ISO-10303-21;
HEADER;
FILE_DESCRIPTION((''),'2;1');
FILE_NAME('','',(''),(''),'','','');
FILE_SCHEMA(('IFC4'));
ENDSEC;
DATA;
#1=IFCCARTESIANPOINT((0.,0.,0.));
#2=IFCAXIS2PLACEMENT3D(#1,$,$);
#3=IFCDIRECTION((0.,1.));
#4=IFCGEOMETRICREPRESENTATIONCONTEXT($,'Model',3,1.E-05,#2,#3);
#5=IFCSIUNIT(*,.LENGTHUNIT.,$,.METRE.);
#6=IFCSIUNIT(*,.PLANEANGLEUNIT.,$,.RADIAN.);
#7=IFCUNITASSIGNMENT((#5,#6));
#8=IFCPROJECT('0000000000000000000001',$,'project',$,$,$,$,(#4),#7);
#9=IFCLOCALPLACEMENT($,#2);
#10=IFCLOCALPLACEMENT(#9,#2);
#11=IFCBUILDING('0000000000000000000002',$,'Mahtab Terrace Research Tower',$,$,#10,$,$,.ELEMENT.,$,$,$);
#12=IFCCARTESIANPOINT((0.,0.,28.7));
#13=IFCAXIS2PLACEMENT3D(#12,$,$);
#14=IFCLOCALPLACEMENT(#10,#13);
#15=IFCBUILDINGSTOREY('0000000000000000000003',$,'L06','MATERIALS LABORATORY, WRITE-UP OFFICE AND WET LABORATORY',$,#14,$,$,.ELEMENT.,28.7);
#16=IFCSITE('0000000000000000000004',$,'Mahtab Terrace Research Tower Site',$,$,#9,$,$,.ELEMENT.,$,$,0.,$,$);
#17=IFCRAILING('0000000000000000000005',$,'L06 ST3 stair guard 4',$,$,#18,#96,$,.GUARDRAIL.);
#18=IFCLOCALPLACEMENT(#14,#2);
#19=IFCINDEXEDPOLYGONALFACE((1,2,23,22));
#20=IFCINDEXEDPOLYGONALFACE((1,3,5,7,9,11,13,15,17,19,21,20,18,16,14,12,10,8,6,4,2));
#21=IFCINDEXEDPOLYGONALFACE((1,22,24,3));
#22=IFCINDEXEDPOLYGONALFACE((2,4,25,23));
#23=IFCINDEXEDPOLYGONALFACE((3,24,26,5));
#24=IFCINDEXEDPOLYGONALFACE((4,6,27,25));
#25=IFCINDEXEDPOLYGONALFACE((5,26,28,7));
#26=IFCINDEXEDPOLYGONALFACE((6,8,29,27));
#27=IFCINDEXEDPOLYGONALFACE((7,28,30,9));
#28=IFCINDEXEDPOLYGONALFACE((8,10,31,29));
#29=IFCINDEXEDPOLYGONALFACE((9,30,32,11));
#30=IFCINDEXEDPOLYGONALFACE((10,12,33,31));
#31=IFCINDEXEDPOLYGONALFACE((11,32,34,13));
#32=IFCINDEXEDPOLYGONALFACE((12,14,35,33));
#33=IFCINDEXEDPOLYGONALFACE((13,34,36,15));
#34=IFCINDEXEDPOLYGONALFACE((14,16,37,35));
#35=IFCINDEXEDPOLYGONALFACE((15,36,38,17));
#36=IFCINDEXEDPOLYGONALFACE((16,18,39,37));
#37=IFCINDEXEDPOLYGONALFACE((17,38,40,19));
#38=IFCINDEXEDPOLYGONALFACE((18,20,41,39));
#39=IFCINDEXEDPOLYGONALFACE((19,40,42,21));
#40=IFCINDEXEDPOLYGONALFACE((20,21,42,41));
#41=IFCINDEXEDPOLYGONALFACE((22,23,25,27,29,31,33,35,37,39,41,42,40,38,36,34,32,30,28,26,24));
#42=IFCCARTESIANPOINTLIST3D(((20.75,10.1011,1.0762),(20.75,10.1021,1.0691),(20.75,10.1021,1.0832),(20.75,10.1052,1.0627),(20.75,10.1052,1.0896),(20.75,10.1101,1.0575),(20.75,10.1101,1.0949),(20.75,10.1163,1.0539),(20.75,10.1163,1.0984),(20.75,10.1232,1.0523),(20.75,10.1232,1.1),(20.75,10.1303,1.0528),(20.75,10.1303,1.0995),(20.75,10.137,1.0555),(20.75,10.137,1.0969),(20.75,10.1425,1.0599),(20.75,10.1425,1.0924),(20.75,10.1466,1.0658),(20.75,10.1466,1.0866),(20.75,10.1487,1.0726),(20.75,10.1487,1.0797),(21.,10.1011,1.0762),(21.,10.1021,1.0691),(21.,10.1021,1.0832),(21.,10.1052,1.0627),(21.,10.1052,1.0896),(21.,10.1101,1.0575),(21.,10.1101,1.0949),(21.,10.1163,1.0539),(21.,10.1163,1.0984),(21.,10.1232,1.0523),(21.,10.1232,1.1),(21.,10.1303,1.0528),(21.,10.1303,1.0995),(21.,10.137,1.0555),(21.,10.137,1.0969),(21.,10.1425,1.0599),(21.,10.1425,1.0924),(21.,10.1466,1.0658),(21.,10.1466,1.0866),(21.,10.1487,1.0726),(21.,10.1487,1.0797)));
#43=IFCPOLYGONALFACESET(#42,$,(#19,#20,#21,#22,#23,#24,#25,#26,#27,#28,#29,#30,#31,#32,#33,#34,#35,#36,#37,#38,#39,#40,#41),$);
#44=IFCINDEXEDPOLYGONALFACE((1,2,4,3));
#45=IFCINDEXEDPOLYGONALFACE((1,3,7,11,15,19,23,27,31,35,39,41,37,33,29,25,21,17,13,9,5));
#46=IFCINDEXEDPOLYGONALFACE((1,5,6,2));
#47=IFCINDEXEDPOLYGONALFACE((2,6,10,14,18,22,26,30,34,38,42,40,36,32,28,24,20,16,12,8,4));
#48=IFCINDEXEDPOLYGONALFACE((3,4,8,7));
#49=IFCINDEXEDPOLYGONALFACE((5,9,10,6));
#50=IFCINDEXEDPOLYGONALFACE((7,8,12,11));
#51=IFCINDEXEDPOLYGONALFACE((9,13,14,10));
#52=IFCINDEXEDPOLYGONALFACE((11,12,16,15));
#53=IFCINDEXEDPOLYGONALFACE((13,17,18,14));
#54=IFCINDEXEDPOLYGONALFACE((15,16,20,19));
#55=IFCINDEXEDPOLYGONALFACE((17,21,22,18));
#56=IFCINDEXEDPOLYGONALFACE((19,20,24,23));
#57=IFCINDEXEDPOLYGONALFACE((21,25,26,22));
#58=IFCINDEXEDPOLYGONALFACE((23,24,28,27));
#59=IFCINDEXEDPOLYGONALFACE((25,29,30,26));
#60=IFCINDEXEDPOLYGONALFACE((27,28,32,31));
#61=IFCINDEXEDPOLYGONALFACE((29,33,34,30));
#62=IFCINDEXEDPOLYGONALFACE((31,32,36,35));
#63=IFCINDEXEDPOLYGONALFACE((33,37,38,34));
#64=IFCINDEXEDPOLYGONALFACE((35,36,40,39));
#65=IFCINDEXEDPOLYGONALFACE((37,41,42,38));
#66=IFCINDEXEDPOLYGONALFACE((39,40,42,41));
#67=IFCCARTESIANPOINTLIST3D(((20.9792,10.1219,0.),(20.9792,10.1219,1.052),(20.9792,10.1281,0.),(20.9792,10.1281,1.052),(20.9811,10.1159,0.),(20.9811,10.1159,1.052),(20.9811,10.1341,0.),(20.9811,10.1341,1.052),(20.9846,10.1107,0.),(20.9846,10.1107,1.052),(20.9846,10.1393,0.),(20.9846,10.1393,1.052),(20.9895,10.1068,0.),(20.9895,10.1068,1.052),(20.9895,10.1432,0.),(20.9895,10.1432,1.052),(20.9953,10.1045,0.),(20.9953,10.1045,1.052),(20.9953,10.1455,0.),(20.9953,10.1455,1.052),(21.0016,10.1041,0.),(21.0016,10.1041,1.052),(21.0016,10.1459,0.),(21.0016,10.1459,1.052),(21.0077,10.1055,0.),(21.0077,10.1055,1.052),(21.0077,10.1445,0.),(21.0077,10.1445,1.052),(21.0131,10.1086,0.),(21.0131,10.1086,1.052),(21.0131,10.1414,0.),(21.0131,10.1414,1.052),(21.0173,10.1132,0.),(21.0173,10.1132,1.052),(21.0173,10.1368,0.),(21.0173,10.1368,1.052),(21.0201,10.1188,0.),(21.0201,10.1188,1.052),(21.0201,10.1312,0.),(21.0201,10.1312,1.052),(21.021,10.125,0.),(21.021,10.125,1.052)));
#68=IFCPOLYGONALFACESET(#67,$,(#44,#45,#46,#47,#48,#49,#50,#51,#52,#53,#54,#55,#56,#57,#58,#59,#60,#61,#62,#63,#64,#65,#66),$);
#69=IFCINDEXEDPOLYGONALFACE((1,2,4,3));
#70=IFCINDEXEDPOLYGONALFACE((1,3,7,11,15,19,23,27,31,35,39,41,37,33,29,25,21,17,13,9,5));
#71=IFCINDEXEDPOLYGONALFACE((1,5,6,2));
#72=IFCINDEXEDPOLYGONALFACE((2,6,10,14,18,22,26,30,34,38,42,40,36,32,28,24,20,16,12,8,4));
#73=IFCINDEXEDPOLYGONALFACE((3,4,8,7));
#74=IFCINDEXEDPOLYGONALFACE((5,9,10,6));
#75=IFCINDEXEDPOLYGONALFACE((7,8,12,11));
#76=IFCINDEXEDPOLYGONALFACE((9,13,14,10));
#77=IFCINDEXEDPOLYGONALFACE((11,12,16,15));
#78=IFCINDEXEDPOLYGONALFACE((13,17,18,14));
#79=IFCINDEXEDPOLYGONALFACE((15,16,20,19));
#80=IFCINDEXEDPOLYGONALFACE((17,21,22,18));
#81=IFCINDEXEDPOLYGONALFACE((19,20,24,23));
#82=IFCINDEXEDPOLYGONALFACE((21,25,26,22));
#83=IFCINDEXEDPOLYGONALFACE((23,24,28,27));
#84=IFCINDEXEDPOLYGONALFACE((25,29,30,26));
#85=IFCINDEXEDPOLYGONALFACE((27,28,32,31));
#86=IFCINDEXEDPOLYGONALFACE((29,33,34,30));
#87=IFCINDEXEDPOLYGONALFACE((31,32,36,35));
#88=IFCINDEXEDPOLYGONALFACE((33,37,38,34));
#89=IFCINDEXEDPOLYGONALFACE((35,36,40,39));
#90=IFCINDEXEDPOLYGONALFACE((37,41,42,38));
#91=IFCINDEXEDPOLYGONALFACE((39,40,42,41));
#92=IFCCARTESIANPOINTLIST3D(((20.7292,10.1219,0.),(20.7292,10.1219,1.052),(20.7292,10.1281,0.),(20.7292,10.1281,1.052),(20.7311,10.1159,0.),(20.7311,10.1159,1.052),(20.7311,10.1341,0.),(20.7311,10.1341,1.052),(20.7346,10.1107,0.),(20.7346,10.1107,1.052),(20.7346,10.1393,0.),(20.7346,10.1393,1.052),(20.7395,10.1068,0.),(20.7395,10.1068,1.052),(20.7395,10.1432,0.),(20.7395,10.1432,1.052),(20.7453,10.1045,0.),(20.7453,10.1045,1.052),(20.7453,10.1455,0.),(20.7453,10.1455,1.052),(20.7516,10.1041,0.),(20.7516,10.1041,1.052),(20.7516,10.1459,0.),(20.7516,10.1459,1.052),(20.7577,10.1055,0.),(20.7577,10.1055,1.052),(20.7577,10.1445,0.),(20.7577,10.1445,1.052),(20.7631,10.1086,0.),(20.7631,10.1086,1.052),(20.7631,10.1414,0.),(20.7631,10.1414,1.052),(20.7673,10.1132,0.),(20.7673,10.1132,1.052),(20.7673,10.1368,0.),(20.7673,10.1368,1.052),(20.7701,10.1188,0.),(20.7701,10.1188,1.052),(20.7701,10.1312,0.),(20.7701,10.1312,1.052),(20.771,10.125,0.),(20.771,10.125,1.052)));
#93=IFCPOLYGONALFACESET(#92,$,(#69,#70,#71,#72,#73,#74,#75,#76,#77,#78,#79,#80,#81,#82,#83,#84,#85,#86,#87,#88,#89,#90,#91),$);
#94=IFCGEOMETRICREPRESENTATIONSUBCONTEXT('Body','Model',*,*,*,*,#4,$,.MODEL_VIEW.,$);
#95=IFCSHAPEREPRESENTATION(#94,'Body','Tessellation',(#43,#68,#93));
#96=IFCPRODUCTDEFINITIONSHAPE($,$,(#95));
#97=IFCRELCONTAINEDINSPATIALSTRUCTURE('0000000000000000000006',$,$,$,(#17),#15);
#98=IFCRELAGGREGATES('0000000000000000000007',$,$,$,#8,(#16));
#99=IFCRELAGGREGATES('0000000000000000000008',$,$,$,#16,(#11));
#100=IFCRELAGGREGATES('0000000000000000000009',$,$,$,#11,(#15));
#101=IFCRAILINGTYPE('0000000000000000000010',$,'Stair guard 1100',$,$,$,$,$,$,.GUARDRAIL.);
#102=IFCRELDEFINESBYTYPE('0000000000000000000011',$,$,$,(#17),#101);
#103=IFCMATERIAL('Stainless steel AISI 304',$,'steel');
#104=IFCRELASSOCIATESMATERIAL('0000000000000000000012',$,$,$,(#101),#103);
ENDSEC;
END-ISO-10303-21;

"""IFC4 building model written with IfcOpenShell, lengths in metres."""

from ifc_helpers import new_model, si_unit, direction, frame, origin, origin_2d, place, context, subcontext, project, spatial, circle, extrude, material, type_object, element, save


model = new_model("IFC4")

# Units and contexts
model_context = context("Model", 3, precision=1e-05, world=origin(), true_north=direction((0.0, 1.0)))
body_context = subcontext(model_context, "Body", "Model", "MODEL_VIEW")
ifc_project = project(units=[si_unit("LENGTHUNIT", "METRE"), si_unit("PLANEANGLEUNIT", "RADIAN")], contexts=[model_context])

# Site, building, storey
site_placement = place(None, origin())
site = spatial("IfcSite", under=ifc_project, at=site_placement, Name="Mahtab Terrace Research Tower Site", CompositionType="ELEMENT", RefElevation=0.0)
building_placement = place(site_placement, origin())
building = spatial("IfcBuilding", under=site, at=building_placement, Name="Mahtab Terrace Research Tower", CompositionType="ELEMENT")
storey_placement = place(building_placement, frame((0.0, 0.0, 28.7)))
storey = spatial("IfcBuildingStorey", under=building, at=storey_placement, Name="L06", Description="MATERIALS LABORATORY, WRITE-UP OFFICE AND WET LABORATORY", CompositionType="ELEMENT", Elevation=28.7)

# Shared definitions
ifc_material_1 = material(Name="Stainless steel AISI 304", Category="steel")

# Railing
railing_type_1 = type_object("IfcRailingType", Name="Stair guard 1100", PredefinedType="GUARDRAIL", material=ifc_material_1)
railing_1_placement = place(storey_placement, frame((21.0, 10.125, 0.0)))
element("IfcRailing", 1, at=railing_1_placement, inside=storey, type_object=railing_type_1, Name="L06 ST3 stair guard 4", PredefinedType="GUARDRAIL", context=body_context, shape_type="SweptSolid", body=[
    extrude(circle(Radius=0.0239, at=origin_2d()), frame((0.0, 0.0, 1.0762), z_axis=(-1.0, 0.0, 0.0), x_axis=(0.0, -1.0, 0.0)), (0.0, 0.0, 1.0), 0.25),
    extrude(circle(Radius=0.021, at=origin_2d()), origin(), (0.0, 0.0, 1.0), 1.052),
    extrude(circle(Radius=0.021, at=origin_2d()), frame((-0.25, 0.0, 0.0)), (0.0, 0.0, 1.0), 1.052),
])

save(model, "model.ifc")
